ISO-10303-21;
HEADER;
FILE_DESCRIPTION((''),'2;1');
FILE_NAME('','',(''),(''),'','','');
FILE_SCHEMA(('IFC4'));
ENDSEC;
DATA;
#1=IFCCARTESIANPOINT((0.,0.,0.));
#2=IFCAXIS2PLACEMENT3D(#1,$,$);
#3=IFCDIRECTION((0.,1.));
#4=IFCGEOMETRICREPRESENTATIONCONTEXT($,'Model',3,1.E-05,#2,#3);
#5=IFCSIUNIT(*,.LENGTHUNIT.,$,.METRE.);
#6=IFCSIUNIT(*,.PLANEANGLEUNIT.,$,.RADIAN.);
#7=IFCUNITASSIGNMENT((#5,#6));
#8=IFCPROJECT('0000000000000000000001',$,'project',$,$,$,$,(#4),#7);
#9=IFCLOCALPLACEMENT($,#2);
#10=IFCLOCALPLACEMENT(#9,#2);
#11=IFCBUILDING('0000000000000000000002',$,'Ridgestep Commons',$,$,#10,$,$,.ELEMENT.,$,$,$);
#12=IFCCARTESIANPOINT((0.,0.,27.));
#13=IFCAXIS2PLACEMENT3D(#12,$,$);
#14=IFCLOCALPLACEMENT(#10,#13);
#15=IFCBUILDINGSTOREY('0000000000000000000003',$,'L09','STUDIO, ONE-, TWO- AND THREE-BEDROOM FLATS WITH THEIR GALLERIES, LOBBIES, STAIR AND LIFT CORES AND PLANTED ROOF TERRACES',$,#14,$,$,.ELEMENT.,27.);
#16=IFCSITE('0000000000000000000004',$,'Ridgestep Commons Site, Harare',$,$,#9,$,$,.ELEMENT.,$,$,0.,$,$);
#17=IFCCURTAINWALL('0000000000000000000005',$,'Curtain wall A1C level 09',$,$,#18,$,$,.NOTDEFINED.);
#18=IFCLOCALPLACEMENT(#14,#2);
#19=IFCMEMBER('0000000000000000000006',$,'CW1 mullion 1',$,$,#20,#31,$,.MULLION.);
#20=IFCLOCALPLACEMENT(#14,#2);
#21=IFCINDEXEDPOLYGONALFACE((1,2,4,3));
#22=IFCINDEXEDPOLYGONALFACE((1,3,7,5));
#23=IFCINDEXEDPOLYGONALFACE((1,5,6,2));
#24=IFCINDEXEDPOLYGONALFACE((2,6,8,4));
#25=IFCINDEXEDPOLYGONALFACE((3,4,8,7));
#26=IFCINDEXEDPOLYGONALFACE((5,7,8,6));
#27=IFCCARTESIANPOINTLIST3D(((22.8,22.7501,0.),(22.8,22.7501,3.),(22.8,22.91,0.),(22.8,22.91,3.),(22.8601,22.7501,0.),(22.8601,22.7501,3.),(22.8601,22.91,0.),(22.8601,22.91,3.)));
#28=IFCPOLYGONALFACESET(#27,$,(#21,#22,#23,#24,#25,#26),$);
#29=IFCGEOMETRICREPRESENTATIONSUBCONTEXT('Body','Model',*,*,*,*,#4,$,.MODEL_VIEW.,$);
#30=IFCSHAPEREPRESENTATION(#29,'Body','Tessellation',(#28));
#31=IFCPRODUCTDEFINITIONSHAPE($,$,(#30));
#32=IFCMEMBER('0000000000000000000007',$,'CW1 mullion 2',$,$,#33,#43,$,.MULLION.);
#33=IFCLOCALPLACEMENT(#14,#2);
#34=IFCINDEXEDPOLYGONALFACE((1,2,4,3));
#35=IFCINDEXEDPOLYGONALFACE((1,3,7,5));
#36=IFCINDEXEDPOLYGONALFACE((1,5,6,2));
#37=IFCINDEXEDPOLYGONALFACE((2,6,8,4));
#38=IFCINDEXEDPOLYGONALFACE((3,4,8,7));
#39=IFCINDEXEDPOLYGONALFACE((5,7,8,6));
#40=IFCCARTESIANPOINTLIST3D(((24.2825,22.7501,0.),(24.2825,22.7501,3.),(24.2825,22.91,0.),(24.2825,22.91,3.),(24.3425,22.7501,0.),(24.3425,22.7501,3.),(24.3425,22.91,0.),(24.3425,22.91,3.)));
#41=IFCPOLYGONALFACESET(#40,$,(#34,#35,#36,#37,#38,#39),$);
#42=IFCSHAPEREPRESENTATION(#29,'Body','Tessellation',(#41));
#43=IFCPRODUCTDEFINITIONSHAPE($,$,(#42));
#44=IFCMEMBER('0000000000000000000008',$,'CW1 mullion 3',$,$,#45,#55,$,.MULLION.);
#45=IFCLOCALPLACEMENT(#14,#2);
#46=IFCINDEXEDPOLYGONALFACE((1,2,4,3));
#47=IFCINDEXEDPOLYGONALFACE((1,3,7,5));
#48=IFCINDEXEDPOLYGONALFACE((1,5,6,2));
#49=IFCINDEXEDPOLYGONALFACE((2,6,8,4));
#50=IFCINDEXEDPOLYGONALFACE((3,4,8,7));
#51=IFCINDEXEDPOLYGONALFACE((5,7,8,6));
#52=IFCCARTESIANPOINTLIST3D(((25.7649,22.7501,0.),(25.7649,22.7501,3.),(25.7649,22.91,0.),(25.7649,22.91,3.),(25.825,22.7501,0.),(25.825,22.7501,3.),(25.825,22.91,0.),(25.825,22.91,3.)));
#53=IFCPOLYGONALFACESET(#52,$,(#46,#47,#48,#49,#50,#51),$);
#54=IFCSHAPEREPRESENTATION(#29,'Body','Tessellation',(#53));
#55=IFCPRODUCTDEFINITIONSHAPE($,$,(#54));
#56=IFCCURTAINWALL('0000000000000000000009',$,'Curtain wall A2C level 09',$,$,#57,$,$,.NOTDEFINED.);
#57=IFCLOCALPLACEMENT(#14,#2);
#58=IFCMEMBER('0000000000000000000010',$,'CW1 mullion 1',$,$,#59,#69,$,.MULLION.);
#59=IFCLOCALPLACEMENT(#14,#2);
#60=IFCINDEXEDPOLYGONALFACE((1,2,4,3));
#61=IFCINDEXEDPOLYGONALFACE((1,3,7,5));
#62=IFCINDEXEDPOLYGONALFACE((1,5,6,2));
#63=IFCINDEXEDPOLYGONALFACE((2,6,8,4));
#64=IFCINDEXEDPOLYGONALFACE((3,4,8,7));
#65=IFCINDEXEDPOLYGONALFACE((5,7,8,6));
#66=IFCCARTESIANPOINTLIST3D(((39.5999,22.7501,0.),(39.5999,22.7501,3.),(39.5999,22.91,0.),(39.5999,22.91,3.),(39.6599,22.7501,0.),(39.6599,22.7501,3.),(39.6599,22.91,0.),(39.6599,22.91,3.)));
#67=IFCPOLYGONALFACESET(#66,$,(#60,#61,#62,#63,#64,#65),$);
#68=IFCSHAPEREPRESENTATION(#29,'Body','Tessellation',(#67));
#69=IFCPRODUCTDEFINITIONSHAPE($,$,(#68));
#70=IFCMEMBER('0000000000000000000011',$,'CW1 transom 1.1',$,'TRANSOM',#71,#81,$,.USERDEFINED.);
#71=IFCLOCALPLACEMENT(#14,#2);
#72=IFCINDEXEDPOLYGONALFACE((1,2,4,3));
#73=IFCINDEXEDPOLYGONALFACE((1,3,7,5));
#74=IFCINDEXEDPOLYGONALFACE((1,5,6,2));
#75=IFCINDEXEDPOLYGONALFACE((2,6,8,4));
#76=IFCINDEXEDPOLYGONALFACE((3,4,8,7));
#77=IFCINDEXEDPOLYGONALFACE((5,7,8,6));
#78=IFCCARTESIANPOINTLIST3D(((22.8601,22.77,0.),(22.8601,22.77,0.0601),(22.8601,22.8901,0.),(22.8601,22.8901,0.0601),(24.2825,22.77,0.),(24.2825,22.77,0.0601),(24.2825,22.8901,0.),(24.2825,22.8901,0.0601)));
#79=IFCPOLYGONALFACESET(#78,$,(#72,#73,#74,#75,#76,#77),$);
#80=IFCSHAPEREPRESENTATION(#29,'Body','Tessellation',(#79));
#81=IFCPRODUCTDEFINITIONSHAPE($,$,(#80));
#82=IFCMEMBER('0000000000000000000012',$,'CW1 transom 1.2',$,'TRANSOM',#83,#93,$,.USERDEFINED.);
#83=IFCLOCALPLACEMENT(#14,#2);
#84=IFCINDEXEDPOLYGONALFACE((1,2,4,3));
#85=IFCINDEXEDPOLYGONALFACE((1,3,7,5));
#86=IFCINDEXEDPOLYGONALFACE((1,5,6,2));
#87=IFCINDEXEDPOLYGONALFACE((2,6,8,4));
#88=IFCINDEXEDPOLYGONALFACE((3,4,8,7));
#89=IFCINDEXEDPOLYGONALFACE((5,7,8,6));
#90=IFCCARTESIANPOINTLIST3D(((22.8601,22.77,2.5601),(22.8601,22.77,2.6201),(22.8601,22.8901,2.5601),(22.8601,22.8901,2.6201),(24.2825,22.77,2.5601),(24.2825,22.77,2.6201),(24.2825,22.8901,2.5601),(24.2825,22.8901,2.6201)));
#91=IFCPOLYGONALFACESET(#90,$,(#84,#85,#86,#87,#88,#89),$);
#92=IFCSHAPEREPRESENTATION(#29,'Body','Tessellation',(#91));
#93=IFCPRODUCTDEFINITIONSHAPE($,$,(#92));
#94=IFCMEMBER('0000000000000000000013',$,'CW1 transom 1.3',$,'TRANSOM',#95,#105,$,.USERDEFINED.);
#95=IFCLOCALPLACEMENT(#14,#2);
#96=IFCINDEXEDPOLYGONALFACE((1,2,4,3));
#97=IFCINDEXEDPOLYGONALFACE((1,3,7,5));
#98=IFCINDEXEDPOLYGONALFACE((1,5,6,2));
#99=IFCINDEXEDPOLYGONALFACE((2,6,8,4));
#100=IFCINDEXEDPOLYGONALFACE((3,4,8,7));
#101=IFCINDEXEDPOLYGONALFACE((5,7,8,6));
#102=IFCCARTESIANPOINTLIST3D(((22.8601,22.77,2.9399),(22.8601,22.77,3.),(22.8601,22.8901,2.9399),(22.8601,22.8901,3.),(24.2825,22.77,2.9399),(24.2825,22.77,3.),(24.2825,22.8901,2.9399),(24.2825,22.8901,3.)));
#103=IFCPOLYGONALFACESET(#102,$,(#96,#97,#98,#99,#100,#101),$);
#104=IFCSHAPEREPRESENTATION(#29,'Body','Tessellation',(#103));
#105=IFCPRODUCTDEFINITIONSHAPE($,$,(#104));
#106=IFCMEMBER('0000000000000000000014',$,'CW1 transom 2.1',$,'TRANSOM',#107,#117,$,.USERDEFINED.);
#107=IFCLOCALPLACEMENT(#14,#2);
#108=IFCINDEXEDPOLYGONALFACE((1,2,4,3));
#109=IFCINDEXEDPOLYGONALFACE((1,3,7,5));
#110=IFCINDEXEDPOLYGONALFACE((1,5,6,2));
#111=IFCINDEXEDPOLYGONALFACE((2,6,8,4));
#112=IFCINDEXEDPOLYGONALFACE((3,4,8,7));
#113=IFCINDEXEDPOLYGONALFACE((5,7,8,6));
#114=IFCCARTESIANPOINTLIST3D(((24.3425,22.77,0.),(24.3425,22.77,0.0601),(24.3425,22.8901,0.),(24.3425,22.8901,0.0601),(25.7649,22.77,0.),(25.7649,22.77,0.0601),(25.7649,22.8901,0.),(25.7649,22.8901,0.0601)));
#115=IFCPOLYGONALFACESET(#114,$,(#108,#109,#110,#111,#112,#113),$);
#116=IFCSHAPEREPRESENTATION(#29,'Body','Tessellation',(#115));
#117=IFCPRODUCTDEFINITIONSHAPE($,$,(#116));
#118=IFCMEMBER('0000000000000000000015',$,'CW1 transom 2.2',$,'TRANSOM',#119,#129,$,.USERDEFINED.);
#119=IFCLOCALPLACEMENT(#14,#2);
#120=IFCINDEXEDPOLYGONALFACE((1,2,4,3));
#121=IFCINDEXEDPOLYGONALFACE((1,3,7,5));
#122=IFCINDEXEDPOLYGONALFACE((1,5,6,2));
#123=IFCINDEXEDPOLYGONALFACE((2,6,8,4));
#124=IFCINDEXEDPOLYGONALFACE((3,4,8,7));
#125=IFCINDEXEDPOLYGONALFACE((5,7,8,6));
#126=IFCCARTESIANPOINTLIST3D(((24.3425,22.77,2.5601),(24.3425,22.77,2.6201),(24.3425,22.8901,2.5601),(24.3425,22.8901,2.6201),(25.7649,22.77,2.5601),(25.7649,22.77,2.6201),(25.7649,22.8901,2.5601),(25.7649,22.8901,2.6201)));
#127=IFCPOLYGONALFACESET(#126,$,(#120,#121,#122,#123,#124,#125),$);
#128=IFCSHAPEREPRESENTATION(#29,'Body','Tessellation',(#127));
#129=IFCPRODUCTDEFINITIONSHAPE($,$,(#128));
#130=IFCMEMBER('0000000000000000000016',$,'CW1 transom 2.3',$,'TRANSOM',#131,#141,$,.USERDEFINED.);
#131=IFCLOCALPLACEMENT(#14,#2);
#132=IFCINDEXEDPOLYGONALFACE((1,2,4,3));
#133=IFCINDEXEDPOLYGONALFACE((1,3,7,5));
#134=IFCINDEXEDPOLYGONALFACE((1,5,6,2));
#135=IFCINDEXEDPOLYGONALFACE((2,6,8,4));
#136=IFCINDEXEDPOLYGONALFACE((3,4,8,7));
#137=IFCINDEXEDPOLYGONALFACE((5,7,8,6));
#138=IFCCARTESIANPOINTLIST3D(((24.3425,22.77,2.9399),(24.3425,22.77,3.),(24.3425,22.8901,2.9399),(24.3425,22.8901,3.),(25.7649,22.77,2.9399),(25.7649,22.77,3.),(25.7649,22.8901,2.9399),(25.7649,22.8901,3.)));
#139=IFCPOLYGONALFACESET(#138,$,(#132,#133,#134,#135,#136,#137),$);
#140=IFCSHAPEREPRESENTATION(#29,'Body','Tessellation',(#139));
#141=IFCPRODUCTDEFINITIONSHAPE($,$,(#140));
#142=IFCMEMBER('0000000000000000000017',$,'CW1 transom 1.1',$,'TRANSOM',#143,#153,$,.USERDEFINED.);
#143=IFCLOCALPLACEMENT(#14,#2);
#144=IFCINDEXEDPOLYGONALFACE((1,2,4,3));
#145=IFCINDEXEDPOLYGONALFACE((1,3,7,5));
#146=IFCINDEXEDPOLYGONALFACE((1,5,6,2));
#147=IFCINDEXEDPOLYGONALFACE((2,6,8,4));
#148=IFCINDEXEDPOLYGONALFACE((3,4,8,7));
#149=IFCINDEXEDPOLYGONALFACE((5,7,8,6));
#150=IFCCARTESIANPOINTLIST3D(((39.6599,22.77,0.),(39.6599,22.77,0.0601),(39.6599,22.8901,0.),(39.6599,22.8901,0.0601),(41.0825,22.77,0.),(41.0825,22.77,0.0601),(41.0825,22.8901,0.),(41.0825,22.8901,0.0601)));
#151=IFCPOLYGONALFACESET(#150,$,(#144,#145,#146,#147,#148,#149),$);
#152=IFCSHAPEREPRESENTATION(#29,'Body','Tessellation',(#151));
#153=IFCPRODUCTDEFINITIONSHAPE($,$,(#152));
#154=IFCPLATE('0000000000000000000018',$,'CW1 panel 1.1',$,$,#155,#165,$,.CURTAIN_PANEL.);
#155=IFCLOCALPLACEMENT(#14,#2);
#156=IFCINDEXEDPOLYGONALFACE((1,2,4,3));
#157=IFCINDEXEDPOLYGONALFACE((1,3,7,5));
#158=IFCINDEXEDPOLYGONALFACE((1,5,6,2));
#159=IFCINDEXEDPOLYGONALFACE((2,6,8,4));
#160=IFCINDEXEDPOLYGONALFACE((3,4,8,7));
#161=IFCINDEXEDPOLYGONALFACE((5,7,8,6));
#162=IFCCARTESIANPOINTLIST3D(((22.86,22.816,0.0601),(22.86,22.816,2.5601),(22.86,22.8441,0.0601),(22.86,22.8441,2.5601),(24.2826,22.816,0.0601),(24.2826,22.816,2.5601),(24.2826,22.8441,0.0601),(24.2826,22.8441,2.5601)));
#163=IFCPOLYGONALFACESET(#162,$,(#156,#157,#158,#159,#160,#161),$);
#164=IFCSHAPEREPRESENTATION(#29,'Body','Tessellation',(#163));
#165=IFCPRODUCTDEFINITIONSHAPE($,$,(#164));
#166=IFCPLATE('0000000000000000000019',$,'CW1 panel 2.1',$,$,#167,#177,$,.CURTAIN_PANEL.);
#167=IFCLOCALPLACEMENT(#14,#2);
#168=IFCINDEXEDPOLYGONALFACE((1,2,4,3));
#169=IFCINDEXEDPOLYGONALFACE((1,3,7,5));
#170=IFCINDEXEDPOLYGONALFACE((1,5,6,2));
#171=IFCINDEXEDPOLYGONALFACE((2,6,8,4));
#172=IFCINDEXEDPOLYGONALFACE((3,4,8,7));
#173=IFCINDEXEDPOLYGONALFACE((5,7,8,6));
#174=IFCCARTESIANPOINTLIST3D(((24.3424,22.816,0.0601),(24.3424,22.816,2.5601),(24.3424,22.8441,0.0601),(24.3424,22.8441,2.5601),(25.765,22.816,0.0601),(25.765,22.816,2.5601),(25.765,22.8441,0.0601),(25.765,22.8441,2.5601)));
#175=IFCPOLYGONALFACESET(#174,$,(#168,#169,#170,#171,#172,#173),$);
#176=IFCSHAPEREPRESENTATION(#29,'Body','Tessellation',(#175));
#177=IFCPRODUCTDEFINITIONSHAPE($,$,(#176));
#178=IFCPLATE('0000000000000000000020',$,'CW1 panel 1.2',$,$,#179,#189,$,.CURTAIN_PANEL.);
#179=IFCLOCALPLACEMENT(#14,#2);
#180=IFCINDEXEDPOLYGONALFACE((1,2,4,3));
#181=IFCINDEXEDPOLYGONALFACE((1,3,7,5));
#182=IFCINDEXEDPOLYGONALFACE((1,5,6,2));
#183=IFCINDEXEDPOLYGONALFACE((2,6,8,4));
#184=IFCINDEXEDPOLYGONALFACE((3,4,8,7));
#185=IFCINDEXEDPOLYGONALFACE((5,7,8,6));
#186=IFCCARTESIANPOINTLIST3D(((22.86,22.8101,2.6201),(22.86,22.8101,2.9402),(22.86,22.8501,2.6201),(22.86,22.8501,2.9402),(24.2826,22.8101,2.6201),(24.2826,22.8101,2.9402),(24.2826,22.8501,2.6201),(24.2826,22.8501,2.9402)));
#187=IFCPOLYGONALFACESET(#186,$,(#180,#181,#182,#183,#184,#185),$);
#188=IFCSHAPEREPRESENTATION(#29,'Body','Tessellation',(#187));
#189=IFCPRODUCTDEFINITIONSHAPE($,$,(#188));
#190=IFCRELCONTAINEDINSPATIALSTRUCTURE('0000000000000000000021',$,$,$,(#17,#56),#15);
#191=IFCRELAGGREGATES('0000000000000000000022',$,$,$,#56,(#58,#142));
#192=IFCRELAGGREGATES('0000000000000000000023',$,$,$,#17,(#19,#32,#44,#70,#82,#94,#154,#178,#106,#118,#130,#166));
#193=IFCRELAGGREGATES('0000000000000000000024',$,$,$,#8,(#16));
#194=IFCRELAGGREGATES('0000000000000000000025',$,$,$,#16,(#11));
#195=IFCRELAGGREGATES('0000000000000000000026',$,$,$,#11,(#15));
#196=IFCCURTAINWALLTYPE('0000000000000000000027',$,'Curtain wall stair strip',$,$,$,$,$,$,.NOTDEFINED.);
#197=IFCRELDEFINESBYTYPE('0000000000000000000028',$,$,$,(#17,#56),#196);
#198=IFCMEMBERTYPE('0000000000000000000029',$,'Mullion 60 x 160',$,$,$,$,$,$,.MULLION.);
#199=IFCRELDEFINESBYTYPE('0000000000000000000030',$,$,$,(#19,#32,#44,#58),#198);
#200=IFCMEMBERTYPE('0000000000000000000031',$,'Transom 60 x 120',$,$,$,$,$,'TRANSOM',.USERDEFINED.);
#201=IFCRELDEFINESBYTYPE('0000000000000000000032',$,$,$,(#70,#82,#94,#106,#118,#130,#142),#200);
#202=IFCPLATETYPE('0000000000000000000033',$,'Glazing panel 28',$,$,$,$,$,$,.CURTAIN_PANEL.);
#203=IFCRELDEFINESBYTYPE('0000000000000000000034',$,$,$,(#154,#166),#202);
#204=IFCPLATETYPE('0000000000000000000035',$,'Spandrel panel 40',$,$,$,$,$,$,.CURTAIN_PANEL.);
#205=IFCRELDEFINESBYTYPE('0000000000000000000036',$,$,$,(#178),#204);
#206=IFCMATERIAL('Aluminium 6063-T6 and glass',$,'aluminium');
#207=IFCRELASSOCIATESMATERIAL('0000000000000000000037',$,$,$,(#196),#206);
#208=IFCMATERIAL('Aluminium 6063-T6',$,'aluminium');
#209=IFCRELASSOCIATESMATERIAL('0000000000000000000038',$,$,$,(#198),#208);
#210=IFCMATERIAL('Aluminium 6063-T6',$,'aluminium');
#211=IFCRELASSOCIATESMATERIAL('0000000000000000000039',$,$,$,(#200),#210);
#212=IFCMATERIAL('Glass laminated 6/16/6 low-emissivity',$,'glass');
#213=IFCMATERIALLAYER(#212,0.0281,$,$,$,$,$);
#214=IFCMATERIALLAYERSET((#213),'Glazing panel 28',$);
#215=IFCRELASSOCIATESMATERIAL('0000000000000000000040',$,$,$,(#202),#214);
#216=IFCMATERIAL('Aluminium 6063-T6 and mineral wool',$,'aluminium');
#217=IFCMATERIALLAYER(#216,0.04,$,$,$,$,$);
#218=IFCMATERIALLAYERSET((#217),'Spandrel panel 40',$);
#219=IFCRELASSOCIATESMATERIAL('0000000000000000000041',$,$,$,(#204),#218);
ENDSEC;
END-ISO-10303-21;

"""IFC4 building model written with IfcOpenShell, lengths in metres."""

from ifc_helpers import new_model, si_unit, direction, frame, origin, origin_2d, place, context, subcontext, project, spatial, rectangle, extrude, material, layer, layer_set, material_profile, profile_set, type_object, element, aggregate, save


model = new_model("IFC4")

# Units and contexts
model_context = context("Model", 3, precision=1e-05, world=origin(), true_north=direction((0.0, 1.0)))
body_context = subcontext(model_context, "Body", "Model", "MODEL_VIEW")
ifc_project = project(units=[si_unit("LENGTHUNIT", "METRE"), si_unit("PLANEANGLEUNIT", "RADIAN")], contexts=[model_context])

# Site, building, storey
site_placement = place(None, origin())
site = spatial("IfcSite", under=ifc_project, at=site_placement, Name="Ridgestep Commons Site, Harare", CompositionType="ELEMENT", RefElevation=0.0)
building_placement = place(site_placement, origin())
building = spatial("IfcBuilding", under=site, at=building_placement, Name="Ridgestep Commons", CompositionType="ELEMENT")
storey_placement = place(building_placement, frame((0.0, 0.0, 27.0)))
storey = spatial("IfcBuildingStorey", under=building, at=storey_placement, Name="L09", Description="STUDIO, ONE-, TWO- AND THREE-BEDROOM FLATS WITH THEIR GALLERIES, LOBBIES, STAIR AND LIFT CORES AND PLANTED ROOF TERRACES", CompositionType="ELEMENT", Elevation=27.0)

# Curtain wall, members
ifc_material_1 = material(Name="Aluminium 6063-T6 and glass", Category="aluminium")
curtain_wall_type = type_object("IfcCurtainWallType", Name="Curtain wall stair strip", PredefinedType="NOTDEFINED", material=ifc_material_1)
curtain_wall_1_placement = place(storey_placement, origin())
curtain_wall_1 = element("IfcCurtainWall", 1, at=curtain_wall_1_placement, inside=storey, type_object=curtain_wall_type, Name="Curtain wall A1C level 09", PredefinedType="NOTDEFINED")
ifc_material_2 = material(Name="Aluminium 6063-T6", Category="aluminium")
ifc_material_profile_1 = material_profile(ifc_material_2, rectangle(XDim=0.1599, YDim=0.0601, at=origin_2d()), Name="Mullion 60 x 160")
ifc_profile_set_1 = profile_set([ifc_material_profile_1], Name="Aluminium 6063-T6")
member_type_1 = type_object("IfcMemberType", Name="Mullion 60 x 160", PredefinedType="MULLION", material=ifc_profile_set_1)
member_1_placement = place(storey_placement, frame((22.8301, 22.8301, 0.0), z_axis=(0.0, 0.0, 1.0), x_axis=(0.0, 1.0, 0.0)))
member_1 = element("IfcMember", 2, at=member_1_placement, type_object=member_type_1, Name="CW1 mullion 1", PredefinedType="MULLION", context=body_context, shape_type="SweptSolid", body=[
    extrude(rectangle(XDim=0.1599, YDim=0.0601, at=origin_2d()), origin(), (0.0, 0.0, 1.0), 3.0),
])
member_2_placement = place(storey_placement, frame((24.3125, 22.8301, 0.0), z_axis=(0.0, 0.0, 1.0), x_axis=(0.0, 1.0, 0.0)))
member_2 = element("IfcMember", 3, at=member_2_placement, type_object=member_type_1, Name="CW1 mullion 2", PredefinedType="MULLION", context=body_context, shape_type="SweptSolid", body=[
    extrude(rectangle(XDim=0.1599, YDim=0.0601, at=origin_2d()), origin(), (0.0, 0.0, 1.0), 3.0),
])
member_3_placement = place(storey_placement, frame((25.7949, 22.8301, 0.0), z_axis=(0.0, 0.0, 1.0), x_axis=(0.0, 1.0, 0.0)))
member_3 = element("IfcMember", 4, at=member_3_placement, type_object=member_type_1, Name="CW1 mullion 3", PredefinedType="MULLION", context=body_context, shape_type="SweptSolid", body=[
    extrude(rectangle(XDim=0.1599, YDim=0.0601, at=origin_2d()), origin(), (0.0, 0.0, 1.0), 3.0),
])

# Curtain wall, member
curtain_wall_2_placement = place(storey_placement, origin())
curtain_wall_2 = element("IfcCurtainWall", 5, at=curtain_wall_2_placement, inside=storey, type_object=curtain_wall_type, Name="Curtain wall A2C level 09", PredefinedType="NOTDEFINED")
member_4_placement = place(storey_placement, frame((39.6299, 22.8301, 0.0), z_axis=(0.0, 0.0, 1.0), x_axis=(0.0, 1.0, 0.0)))
member_4 = element("IfcMember", 6, at=member_4_placement, type_object=member_type_1, Name="CW1 mullion 1", PredefinedType="MULLION", context=body_context, shape_type="SweptSolid", body=[
    extrude(rectangle(XDim=0.1599, YDim=0.0601, at=origin_2d()), origin(), (0.0, 0.0, 1.0), 3.0),
])

# Members
ifc_material_3 = material(Name="Aluminium 6063-T6", Category="aluminium")
ifc_material_profile_2 = material_profile(ifc_material_3, rectangle(XDim=0.1201, YDim=0.0601, at=origin_2d()), Name="Transom 60 x 120")
ifc_profile_set_2 = profile_set([ifc_material_profile_2], Name="Aluminium 6063-T6")
member_type_2 = type_object("IfcMemberType", Name="Transom 60 x 120", ElementType="TRANSOM", PredefinedType="USERDEFINED", material=ifc_profile_set_2)
member_5_placement = place(storey_placement, frame((22.8601, 22.8301, 0.03), z_axis=(1.0, 0.0, 0.0), x_axis=(0.0, 1.0, 0.0)))
member_5 = element("IfcMember", 7, at=member_5_placement, type_object=member_type_2, Name="CW1 transom 1.1", ObjectType="TRANSOM", PredefinedType="USERDEFINED", context=body_context, shape_type="SweptSolid", body=[
    extrude(rectangle(XDim=0.1201, YDim=0.0601, at=origin_2d()), origin(), (0.0, 0.0, 1.0), 1.4224),
])
member_6_placement = place(storey_placement, frame((22.8601, 22.8301, 2.5901), z_axis=(1.0, 0.0, 0.0), x_axis=(0.0, 1.0, 0.0)))
member_6 = element("IfcMember", 8, at=member_6_placement, type_object=member_type_2, Name="CW1 transom 1.2", ObjectType="TRANSOM", PredefinedType="USERDEFINED", context=body_context, shape_type="SweptSolid", body=[
    extrude(rectangle(XDim=0.1201, YDim=0.0601, at=origin_2d()), origin(), (0.0, 0.0, 1.0), 1.4224),
])
member_7_placement = place(storey_placement, frame((22.8601, 22.8301, 2.97), z_axis=(1.0, 0.0, 0.0), x_axis=(0.0, 1.0, 0.0)))
member_7 = element("IfcMember", 9, at=member_7_placement, type_object=member_type_2, Name="CW1 transom 1.3", ObjectType="TRANSOM", PredefinedType="USERDEFINED", context=body_context, shape_type="SweptSolid", body=[
    extrude(rectangle(XDim=0.1201, YDim=0.0601, at=origin_2d()), origin(), (0.0, 0.0, 1.0), 1.4224),
])
member_8_placement = place(storey_placement, frame((24.3425, 22.8301, 0.03), z_axis=(1.0, 0.0, 0.0), x_axis=(0.0, 1.0, 0.0)))
member_8 = element("IfcMember", 10, at=member_8_placement, type_object=member_type_2, Name="CW1 transom 2.1", ObjectType="TRANSOM", PredefinedType="USERDEFINED", context=body_context, shape_type="SweptSolid", body=[
    extrude(rectangle(XDim=0.1201, YDim=0.0601, at=origin_2d()), origin(), (0.0, 0.0, 1.0), 1.4224),
])
member_9_placement = place(storey_placement, frame((24.3425, 22.8301, 2.5901), z_axis=(1.0, 0.0, 0.0), x_axis=(0.0, 1.0, 0.0)))
member_9 = element("IfcMember", 11, at=member_9_placement, type_object=member_type_2, Name="CW1 transom 2.2", ObjectType="TRANSOM", PredefinedType="USERDEFINED", context=body_context, shape_type="SweptSolid", body=[
    extrude(rectangle(XDim=0.1201, YDim=0.0601, at=origin_2d()), origin(), (0.0, 0.0, 1.0), 1.4224),
])
member_10_placement = place(storey_placement, frame((24.3425, 22.8301, 2.97), z_axis=(1.0, 0.0, 0.0), x_axis=(0.0, 1.0, 0.0)))
member_10 = element("IfcMember", 12, at=member_10_placement, type_object=member_type_2, Name="CW1 transom 2.3", ObjectType="TRANSOM", PredefinedType="USERDEFINED", context=body_context, shape_type="SweptSolid", body=[
    extrude(rectangle(XDim=0.1201, YDim=0.0601, at=origin_2d()), origin(), (0.0, 0.0, 1.0), 1.4224),
])
member_11_placement = place(storey_placement, frame((39.6599, 22.8301, 0.03), z_axis=(1.0, 0.0, 0.0), x_axis=(0.0, 1.0, 0.0)))
member_11 = element("IfcMember", 13, at=member_11_placement, type_object=member_type_2, Name="CW1 transom 1.1", ObjectType="TRANSOM", PredefinedType="USERDEFINED", context=body_context, shape_type="SweptSolid", body=[
    extrude(rectangle(XDim=0.1201, YDim=0.0601, at=origin_2d()), origin(), (0.0, 0.0, 1.0), 1.4226),
])
aggregate(curtain_wall_2, [member_4, member_11])

# Plates
ifc_material_4 = material(Name="Glass laminated 6/16/6 low-emissivity", Category="glass")
ifc_layer_1 = layer(ifc_material_4, 0.0281)
ifc_layer_set_1 = layer_set([ifc_layer_1], Name="Glazing panel 28")
plate_type_1 = type_object("IfcPlateType", Name="Glazing panel 28", PredefinedType="CURTAIN_PANEL", material=ifc_layer_set_1)
plate_1_placement = place(storey_placement, frame((23.5713, 22.8301, 0.0601), z_axis=(0.0, 0.0, 1.0), x_axis=(1.0, 0.0, 0.0)))
plate_1 = element("IfcPlate", 14, at=plate_1_placement, type_object=plate_type_1, Name="CW1 panel 1.1", PredefinedType="CURTAIN_PANEL", context=body_context, shape_type="SweptSolid", body=[
    extrude(rectangle(XDim=1.4226, YDim=0.0281, at=origin_2d()), origin(), (0.0, 0.0, 1.0), 2.5),
])
plate_2_placement = place(storey_placement, frame((25.0537, 22.8301, 0.0601), z_axis=(0.0, 0.0, 1.0), x_axis=(1.0, 0.0, 0.0)))
plate_2 = element("IfcPlate", 15, at=plate_2_placement, type_object=plate_type_1, Name="CW1 panel 2.1", PredefinedType="CURTAIN_PANEL", context=body_context, shape_type="SweptSolid", body=[
    extrude(rectangle(XDim=1.4226, YDim=0.0281, at=origin_2d()), origin(), (0.0, 0.0, 1.0), 2.5),
])
ifc_material_5 = material(Name="Aluminium 6063-T6 and mineral wool", Category="aluminium")
ifc_layer_2 = layer(ifc_material_5, 0.04)
ifc_layer_set_2 = layer_set([ifc_layer_2], Name="Spandrel panel 40")
plate_type_2 = type_object("IfcPlateType", Name="Spandrel panel 40", PredefinedType="CURTAIN_PANEL", material=ifc_layer_set_2)
plate_3_placement = place(storey_placement, frame((23.5713, 22.8301, 2.6201), z_axis=(0.0, 0.0, 1.0), x_axis=(1.0, 0.0, 0.0)))
plate_3 = element("IfcPlate", 16, at=plate_3_placement, type_object=plate_type_2, Name="CW1 panel 1.2", PredefinedType="CURTAIN_PANEL", context=body_context, shape_type="SweptSolid", body=[
    extrude(rectangle(XDim=1.4226, YDim=0.04, at=origin_2d()), origin(), (0.0, 0.0, 1.0), 0.3201),
])
aggregate(curtain_wall_1, [member_1, member_2, member_3, member_5, member_6, member_7, plate_1, plate_3, member_8, member_9, member_10, plate_2])

save(model, "model.ifc")
